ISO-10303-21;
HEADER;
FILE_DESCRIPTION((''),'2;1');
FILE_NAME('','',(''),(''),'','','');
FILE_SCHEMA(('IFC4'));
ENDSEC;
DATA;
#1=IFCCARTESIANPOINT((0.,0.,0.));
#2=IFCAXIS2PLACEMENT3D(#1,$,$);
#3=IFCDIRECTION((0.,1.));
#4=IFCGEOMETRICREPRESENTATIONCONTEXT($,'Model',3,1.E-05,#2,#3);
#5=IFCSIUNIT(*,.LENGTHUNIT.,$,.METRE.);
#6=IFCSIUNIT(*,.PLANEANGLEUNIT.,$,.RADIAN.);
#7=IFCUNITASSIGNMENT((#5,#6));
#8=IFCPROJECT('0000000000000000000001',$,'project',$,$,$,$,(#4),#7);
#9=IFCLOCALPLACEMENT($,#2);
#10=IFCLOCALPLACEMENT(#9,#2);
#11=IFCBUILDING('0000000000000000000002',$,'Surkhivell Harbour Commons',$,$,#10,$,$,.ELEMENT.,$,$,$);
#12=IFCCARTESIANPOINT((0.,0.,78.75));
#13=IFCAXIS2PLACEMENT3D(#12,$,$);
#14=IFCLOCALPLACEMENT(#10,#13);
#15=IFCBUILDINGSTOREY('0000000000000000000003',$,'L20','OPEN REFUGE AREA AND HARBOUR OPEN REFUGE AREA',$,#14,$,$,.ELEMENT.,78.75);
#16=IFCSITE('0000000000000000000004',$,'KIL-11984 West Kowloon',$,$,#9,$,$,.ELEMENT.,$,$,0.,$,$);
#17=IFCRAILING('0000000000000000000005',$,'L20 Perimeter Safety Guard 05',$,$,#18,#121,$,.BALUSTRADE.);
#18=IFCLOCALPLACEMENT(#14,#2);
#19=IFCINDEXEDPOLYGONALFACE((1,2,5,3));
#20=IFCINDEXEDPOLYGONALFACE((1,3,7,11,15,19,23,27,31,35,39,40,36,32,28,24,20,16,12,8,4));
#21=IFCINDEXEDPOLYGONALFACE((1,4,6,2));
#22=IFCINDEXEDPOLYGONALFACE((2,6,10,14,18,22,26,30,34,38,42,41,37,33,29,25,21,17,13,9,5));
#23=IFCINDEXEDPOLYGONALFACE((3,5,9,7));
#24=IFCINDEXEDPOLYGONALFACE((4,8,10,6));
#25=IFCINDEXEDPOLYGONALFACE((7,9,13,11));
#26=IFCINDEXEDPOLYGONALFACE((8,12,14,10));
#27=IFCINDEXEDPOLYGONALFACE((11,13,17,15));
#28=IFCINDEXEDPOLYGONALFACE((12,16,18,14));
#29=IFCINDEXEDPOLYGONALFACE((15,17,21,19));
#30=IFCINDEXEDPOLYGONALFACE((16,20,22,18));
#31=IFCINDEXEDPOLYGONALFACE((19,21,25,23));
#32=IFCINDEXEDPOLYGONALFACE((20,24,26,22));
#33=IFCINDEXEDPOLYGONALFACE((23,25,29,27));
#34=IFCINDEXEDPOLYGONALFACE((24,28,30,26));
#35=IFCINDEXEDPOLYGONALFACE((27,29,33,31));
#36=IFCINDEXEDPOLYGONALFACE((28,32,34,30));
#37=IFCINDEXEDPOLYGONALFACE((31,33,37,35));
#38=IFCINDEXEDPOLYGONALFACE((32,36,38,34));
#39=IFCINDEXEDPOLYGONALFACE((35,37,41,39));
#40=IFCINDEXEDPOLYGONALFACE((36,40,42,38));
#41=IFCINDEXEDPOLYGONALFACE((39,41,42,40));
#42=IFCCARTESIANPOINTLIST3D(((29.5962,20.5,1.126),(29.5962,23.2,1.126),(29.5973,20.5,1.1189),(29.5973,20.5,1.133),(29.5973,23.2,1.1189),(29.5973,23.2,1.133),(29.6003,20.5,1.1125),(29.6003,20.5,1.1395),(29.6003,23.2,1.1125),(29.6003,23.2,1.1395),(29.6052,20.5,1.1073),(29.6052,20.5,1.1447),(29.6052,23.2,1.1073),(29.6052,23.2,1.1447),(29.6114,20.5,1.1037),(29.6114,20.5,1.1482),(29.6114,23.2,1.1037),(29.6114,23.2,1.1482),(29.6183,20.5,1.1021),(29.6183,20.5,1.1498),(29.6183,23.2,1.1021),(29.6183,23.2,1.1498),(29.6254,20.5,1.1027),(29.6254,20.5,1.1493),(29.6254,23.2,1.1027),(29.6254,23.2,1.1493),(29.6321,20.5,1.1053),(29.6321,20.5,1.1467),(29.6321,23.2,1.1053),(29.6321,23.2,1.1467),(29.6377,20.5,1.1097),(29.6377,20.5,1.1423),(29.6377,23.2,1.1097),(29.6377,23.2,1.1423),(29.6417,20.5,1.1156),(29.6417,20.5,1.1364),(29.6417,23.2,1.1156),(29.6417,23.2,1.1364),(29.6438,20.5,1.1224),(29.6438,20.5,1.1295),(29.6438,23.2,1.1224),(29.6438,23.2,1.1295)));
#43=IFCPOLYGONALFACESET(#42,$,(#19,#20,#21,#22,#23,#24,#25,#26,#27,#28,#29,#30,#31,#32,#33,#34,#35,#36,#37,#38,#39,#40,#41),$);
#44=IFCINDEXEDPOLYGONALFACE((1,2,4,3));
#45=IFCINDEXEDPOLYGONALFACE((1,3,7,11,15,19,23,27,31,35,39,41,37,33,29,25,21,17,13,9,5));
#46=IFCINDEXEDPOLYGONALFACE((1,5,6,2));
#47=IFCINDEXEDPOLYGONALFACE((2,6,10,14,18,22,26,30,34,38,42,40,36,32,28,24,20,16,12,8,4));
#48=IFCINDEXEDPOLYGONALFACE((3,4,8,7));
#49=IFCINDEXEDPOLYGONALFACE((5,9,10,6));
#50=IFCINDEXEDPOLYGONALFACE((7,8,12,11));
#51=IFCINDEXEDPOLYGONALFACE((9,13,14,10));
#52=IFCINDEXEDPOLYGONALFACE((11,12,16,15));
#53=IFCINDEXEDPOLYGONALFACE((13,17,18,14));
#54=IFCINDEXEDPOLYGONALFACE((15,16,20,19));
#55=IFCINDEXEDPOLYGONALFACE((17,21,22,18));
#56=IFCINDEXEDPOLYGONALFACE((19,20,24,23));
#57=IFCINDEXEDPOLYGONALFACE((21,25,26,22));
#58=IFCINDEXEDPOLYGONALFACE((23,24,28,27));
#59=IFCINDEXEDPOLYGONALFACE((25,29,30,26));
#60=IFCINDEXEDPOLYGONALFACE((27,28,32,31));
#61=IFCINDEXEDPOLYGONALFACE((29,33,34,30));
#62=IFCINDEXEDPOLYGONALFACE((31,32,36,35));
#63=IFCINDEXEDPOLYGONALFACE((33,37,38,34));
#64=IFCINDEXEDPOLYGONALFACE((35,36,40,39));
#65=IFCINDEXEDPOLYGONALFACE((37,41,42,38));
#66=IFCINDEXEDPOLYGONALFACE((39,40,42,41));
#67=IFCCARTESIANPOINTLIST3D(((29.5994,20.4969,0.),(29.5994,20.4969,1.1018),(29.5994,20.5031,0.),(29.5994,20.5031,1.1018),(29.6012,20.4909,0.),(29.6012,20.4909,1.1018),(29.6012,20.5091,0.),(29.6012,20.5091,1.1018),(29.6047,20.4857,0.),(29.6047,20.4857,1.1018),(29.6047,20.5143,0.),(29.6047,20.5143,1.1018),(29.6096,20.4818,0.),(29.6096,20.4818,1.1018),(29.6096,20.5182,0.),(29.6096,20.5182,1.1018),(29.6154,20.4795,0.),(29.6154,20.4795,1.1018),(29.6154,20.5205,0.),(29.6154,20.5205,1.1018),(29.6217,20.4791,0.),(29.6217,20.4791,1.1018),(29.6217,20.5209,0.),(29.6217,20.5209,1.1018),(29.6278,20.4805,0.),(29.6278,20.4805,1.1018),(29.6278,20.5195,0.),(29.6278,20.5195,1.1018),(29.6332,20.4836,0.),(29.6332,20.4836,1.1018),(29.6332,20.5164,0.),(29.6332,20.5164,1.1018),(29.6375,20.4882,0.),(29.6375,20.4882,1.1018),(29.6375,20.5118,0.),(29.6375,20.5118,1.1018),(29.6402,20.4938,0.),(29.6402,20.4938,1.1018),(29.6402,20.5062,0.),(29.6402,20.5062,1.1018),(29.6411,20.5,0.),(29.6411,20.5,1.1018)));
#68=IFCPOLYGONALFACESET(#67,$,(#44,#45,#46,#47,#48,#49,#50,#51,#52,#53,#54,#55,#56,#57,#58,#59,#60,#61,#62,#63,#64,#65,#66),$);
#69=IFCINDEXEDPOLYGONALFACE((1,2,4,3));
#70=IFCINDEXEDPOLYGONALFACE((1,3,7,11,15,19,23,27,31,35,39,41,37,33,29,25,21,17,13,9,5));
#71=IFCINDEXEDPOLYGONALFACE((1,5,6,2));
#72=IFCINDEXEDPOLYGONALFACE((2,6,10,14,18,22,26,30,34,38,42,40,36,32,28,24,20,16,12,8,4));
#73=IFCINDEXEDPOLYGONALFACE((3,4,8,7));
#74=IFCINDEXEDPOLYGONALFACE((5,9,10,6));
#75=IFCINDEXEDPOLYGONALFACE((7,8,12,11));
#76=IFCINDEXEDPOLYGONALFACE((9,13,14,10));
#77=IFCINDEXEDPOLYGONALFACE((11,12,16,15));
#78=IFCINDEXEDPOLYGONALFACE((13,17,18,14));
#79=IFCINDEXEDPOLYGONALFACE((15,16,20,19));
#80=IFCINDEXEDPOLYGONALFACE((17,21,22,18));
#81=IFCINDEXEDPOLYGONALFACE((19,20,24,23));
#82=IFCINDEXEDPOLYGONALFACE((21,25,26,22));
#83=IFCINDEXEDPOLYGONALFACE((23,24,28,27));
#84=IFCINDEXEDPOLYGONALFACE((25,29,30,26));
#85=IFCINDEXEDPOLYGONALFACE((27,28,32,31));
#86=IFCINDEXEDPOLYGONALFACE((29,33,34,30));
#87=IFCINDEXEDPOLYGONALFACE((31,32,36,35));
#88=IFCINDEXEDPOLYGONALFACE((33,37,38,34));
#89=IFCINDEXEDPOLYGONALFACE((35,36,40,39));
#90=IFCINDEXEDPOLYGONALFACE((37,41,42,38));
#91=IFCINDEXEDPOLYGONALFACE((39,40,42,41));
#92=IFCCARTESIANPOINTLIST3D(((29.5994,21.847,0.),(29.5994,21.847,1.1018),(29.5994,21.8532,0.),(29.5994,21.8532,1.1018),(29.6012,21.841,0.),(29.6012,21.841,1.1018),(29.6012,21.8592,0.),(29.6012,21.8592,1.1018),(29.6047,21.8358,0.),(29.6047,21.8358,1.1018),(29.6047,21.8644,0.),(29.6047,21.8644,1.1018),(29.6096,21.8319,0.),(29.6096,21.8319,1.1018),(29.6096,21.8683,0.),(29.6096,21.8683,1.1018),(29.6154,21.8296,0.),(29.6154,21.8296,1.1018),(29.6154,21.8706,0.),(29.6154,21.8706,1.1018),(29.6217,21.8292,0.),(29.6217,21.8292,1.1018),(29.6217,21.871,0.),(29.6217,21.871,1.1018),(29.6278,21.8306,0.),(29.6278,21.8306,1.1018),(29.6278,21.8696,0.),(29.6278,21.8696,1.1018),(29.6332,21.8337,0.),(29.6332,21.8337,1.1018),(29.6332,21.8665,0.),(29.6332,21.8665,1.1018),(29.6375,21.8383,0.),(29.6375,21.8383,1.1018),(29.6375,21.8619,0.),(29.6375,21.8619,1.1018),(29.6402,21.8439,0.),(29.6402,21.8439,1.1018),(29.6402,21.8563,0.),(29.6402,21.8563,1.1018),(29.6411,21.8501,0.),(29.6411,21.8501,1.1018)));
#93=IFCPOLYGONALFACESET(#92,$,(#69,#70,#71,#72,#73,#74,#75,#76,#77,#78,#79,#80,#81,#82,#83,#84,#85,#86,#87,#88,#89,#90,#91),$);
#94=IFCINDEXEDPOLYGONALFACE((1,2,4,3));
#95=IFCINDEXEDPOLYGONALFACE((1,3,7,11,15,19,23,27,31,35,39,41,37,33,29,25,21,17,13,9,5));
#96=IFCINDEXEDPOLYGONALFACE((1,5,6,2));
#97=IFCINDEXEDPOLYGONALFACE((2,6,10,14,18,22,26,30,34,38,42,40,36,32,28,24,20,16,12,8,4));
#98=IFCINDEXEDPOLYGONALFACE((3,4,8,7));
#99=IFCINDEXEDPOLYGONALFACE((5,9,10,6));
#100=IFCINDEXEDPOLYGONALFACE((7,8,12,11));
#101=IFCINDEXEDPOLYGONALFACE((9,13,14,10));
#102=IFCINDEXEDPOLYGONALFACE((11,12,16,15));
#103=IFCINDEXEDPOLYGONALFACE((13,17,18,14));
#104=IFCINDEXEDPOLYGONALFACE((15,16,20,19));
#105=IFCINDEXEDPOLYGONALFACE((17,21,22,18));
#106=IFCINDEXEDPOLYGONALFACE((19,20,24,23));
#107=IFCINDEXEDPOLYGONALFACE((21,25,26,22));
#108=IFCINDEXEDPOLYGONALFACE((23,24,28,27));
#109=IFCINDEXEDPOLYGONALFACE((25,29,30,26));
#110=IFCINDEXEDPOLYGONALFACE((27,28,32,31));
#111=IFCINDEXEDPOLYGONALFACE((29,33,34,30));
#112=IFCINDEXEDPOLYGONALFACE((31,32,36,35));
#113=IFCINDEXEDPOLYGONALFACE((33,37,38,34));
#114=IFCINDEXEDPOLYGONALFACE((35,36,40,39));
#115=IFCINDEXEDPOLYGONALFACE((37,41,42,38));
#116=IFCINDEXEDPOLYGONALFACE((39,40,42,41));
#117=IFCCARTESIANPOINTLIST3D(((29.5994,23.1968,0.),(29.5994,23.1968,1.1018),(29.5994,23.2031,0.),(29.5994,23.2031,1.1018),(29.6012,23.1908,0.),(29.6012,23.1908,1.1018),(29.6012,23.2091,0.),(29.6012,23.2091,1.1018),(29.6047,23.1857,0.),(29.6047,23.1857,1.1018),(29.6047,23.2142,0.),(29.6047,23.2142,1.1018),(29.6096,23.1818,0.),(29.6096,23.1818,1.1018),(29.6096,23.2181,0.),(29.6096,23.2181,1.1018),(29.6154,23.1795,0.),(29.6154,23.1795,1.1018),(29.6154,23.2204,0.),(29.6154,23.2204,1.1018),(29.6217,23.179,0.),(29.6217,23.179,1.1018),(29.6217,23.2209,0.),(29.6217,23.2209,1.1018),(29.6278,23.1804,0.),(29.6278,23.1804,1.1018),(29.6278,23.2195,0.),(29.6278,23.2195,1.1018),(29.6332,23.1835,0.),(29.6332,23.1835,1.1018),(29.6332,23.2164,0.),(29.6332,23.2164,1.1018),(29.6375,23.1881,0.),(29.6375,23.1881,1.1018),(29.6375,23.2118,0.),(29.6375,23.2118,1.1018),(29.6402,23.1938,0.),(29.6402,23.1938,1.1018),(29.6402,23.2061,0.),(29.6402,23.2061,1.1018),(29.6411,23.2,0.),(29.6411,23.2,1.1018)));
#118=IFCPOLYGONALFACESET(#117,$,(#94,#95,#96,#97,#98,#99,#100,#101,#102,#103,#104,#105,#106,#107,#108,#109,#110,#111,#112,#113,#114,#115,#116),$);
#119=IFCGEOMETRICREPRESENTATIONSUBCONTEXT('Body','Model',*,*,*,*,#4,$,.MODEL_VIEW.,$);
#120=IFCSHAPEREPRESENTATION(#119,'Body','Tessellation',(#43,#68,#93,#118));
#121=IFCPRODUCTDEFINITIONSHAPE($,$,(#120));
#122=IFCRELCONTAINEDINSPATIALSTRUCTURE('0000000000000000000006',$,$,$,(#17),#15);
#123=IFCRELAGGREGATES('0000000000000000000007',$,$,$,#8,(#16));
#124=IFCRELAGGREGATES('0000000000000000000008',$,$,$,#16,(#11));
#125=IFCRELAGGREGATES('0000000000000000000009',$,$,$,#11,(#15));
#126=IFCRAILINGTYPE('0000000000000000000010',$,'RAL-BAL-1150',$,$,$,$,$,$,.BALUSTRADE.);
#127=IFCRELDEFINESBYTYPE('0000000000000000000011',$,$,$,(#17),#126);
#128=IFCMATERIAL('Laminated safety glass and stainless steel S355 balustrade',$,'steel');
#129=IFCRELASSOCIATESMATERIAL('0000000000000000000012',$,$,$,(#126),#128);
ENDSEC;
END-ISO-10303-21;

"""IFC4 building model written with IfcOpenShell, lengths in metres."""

from ifc_helpers import new_model, si_unit, direction, frame, origin, origin_2d, place, context, subcontext, project, spatial, circle, extrude, material, type_object, element, save


model = new_model("IFC4")

# Units and contexts
model_context = context("Model", 3, precision=1e-05, world=origin(), true_north=direction((0.0, 1.0)))
body_context = subcontext(model_context, "Body", "Model", "MODEL_VIEW")
ifc_project = project(units=[si_unit("LENGTHUNIT", "METRE"), si_unit("PLANEANGLEUNIT", "RADIAN")], contexts=[model_context])

# Site, building, storey
site_placement = place(None, origin())
site = spatial("IfcSite", under=ifc_project, at=site_placement, Name="KIL-11984 West Kowloon", CompositionType="ELEMENT", RefElevation=0.0)
building_placement = place(site_placement, origin())
building = spatial("IfcBuilding", under=site, at=building_placement, Name="Surkhivell Harbour Commons", CompositionType="ELEMENT")
storey_placement = place(building_placement, frame((0.0, 0.0, 78.75)))
storey = spatial("IfcBuildingStorey", under=building, at=storey_placement, Name="L20", Description="OPEN REFUGE AREA AND HARBOUR OPEN REFUGE AREA", CompositionType="ELEMENT", Elevation=78.75)

# Railing
ifc_material_1 = material(Name="Laminated safety glass and stainless steel S355 balustrade", Category="steel")
railing_type = type_object("IfcRailingType", Name="RAL-BAL-1150", PredefinedType="BALUSTRADE", material=ifc_material_1)
railing_1_placement = place(storey_placement, frame((29.6201, 20.5, 0.0)))
element("IfcRailing", 1, at=railing_1_placement, inside=storey, type_object=railing_type, Name="L20 Perimeter Safety Guard 05", PredefinedType="BALUSTRADE", context=body_context, shape_type="SweptSolid", body=[
    extrude(circle(Radius=0.0239, at=origin_2d()), frame((0.0, 0.0, 1.126), z_axis=(0.0, 1.0, 0.0), x_axis=(-1.0, 0.0, 0.0)), (0.0, 0.0, 1.0), 2.7),
    extrude(circle(Radius=0.021, at=origin_2d()), origin(), (0.0, 0.0, 1.0), 1.1018),
    extrude(circle(Radius=0.021, at=origin_2d()), frame((0.0, 1.3501, 0.0)), (0.0, 0.0, 1.0), 1.1018),
    extrude(circle(Radius=0.021, at=origin_2d()), frame((0.0, 2.7, 0.0)), (0.0, 0.0, 1.0), 1.1018),
])

save(model, "model.ifc")
